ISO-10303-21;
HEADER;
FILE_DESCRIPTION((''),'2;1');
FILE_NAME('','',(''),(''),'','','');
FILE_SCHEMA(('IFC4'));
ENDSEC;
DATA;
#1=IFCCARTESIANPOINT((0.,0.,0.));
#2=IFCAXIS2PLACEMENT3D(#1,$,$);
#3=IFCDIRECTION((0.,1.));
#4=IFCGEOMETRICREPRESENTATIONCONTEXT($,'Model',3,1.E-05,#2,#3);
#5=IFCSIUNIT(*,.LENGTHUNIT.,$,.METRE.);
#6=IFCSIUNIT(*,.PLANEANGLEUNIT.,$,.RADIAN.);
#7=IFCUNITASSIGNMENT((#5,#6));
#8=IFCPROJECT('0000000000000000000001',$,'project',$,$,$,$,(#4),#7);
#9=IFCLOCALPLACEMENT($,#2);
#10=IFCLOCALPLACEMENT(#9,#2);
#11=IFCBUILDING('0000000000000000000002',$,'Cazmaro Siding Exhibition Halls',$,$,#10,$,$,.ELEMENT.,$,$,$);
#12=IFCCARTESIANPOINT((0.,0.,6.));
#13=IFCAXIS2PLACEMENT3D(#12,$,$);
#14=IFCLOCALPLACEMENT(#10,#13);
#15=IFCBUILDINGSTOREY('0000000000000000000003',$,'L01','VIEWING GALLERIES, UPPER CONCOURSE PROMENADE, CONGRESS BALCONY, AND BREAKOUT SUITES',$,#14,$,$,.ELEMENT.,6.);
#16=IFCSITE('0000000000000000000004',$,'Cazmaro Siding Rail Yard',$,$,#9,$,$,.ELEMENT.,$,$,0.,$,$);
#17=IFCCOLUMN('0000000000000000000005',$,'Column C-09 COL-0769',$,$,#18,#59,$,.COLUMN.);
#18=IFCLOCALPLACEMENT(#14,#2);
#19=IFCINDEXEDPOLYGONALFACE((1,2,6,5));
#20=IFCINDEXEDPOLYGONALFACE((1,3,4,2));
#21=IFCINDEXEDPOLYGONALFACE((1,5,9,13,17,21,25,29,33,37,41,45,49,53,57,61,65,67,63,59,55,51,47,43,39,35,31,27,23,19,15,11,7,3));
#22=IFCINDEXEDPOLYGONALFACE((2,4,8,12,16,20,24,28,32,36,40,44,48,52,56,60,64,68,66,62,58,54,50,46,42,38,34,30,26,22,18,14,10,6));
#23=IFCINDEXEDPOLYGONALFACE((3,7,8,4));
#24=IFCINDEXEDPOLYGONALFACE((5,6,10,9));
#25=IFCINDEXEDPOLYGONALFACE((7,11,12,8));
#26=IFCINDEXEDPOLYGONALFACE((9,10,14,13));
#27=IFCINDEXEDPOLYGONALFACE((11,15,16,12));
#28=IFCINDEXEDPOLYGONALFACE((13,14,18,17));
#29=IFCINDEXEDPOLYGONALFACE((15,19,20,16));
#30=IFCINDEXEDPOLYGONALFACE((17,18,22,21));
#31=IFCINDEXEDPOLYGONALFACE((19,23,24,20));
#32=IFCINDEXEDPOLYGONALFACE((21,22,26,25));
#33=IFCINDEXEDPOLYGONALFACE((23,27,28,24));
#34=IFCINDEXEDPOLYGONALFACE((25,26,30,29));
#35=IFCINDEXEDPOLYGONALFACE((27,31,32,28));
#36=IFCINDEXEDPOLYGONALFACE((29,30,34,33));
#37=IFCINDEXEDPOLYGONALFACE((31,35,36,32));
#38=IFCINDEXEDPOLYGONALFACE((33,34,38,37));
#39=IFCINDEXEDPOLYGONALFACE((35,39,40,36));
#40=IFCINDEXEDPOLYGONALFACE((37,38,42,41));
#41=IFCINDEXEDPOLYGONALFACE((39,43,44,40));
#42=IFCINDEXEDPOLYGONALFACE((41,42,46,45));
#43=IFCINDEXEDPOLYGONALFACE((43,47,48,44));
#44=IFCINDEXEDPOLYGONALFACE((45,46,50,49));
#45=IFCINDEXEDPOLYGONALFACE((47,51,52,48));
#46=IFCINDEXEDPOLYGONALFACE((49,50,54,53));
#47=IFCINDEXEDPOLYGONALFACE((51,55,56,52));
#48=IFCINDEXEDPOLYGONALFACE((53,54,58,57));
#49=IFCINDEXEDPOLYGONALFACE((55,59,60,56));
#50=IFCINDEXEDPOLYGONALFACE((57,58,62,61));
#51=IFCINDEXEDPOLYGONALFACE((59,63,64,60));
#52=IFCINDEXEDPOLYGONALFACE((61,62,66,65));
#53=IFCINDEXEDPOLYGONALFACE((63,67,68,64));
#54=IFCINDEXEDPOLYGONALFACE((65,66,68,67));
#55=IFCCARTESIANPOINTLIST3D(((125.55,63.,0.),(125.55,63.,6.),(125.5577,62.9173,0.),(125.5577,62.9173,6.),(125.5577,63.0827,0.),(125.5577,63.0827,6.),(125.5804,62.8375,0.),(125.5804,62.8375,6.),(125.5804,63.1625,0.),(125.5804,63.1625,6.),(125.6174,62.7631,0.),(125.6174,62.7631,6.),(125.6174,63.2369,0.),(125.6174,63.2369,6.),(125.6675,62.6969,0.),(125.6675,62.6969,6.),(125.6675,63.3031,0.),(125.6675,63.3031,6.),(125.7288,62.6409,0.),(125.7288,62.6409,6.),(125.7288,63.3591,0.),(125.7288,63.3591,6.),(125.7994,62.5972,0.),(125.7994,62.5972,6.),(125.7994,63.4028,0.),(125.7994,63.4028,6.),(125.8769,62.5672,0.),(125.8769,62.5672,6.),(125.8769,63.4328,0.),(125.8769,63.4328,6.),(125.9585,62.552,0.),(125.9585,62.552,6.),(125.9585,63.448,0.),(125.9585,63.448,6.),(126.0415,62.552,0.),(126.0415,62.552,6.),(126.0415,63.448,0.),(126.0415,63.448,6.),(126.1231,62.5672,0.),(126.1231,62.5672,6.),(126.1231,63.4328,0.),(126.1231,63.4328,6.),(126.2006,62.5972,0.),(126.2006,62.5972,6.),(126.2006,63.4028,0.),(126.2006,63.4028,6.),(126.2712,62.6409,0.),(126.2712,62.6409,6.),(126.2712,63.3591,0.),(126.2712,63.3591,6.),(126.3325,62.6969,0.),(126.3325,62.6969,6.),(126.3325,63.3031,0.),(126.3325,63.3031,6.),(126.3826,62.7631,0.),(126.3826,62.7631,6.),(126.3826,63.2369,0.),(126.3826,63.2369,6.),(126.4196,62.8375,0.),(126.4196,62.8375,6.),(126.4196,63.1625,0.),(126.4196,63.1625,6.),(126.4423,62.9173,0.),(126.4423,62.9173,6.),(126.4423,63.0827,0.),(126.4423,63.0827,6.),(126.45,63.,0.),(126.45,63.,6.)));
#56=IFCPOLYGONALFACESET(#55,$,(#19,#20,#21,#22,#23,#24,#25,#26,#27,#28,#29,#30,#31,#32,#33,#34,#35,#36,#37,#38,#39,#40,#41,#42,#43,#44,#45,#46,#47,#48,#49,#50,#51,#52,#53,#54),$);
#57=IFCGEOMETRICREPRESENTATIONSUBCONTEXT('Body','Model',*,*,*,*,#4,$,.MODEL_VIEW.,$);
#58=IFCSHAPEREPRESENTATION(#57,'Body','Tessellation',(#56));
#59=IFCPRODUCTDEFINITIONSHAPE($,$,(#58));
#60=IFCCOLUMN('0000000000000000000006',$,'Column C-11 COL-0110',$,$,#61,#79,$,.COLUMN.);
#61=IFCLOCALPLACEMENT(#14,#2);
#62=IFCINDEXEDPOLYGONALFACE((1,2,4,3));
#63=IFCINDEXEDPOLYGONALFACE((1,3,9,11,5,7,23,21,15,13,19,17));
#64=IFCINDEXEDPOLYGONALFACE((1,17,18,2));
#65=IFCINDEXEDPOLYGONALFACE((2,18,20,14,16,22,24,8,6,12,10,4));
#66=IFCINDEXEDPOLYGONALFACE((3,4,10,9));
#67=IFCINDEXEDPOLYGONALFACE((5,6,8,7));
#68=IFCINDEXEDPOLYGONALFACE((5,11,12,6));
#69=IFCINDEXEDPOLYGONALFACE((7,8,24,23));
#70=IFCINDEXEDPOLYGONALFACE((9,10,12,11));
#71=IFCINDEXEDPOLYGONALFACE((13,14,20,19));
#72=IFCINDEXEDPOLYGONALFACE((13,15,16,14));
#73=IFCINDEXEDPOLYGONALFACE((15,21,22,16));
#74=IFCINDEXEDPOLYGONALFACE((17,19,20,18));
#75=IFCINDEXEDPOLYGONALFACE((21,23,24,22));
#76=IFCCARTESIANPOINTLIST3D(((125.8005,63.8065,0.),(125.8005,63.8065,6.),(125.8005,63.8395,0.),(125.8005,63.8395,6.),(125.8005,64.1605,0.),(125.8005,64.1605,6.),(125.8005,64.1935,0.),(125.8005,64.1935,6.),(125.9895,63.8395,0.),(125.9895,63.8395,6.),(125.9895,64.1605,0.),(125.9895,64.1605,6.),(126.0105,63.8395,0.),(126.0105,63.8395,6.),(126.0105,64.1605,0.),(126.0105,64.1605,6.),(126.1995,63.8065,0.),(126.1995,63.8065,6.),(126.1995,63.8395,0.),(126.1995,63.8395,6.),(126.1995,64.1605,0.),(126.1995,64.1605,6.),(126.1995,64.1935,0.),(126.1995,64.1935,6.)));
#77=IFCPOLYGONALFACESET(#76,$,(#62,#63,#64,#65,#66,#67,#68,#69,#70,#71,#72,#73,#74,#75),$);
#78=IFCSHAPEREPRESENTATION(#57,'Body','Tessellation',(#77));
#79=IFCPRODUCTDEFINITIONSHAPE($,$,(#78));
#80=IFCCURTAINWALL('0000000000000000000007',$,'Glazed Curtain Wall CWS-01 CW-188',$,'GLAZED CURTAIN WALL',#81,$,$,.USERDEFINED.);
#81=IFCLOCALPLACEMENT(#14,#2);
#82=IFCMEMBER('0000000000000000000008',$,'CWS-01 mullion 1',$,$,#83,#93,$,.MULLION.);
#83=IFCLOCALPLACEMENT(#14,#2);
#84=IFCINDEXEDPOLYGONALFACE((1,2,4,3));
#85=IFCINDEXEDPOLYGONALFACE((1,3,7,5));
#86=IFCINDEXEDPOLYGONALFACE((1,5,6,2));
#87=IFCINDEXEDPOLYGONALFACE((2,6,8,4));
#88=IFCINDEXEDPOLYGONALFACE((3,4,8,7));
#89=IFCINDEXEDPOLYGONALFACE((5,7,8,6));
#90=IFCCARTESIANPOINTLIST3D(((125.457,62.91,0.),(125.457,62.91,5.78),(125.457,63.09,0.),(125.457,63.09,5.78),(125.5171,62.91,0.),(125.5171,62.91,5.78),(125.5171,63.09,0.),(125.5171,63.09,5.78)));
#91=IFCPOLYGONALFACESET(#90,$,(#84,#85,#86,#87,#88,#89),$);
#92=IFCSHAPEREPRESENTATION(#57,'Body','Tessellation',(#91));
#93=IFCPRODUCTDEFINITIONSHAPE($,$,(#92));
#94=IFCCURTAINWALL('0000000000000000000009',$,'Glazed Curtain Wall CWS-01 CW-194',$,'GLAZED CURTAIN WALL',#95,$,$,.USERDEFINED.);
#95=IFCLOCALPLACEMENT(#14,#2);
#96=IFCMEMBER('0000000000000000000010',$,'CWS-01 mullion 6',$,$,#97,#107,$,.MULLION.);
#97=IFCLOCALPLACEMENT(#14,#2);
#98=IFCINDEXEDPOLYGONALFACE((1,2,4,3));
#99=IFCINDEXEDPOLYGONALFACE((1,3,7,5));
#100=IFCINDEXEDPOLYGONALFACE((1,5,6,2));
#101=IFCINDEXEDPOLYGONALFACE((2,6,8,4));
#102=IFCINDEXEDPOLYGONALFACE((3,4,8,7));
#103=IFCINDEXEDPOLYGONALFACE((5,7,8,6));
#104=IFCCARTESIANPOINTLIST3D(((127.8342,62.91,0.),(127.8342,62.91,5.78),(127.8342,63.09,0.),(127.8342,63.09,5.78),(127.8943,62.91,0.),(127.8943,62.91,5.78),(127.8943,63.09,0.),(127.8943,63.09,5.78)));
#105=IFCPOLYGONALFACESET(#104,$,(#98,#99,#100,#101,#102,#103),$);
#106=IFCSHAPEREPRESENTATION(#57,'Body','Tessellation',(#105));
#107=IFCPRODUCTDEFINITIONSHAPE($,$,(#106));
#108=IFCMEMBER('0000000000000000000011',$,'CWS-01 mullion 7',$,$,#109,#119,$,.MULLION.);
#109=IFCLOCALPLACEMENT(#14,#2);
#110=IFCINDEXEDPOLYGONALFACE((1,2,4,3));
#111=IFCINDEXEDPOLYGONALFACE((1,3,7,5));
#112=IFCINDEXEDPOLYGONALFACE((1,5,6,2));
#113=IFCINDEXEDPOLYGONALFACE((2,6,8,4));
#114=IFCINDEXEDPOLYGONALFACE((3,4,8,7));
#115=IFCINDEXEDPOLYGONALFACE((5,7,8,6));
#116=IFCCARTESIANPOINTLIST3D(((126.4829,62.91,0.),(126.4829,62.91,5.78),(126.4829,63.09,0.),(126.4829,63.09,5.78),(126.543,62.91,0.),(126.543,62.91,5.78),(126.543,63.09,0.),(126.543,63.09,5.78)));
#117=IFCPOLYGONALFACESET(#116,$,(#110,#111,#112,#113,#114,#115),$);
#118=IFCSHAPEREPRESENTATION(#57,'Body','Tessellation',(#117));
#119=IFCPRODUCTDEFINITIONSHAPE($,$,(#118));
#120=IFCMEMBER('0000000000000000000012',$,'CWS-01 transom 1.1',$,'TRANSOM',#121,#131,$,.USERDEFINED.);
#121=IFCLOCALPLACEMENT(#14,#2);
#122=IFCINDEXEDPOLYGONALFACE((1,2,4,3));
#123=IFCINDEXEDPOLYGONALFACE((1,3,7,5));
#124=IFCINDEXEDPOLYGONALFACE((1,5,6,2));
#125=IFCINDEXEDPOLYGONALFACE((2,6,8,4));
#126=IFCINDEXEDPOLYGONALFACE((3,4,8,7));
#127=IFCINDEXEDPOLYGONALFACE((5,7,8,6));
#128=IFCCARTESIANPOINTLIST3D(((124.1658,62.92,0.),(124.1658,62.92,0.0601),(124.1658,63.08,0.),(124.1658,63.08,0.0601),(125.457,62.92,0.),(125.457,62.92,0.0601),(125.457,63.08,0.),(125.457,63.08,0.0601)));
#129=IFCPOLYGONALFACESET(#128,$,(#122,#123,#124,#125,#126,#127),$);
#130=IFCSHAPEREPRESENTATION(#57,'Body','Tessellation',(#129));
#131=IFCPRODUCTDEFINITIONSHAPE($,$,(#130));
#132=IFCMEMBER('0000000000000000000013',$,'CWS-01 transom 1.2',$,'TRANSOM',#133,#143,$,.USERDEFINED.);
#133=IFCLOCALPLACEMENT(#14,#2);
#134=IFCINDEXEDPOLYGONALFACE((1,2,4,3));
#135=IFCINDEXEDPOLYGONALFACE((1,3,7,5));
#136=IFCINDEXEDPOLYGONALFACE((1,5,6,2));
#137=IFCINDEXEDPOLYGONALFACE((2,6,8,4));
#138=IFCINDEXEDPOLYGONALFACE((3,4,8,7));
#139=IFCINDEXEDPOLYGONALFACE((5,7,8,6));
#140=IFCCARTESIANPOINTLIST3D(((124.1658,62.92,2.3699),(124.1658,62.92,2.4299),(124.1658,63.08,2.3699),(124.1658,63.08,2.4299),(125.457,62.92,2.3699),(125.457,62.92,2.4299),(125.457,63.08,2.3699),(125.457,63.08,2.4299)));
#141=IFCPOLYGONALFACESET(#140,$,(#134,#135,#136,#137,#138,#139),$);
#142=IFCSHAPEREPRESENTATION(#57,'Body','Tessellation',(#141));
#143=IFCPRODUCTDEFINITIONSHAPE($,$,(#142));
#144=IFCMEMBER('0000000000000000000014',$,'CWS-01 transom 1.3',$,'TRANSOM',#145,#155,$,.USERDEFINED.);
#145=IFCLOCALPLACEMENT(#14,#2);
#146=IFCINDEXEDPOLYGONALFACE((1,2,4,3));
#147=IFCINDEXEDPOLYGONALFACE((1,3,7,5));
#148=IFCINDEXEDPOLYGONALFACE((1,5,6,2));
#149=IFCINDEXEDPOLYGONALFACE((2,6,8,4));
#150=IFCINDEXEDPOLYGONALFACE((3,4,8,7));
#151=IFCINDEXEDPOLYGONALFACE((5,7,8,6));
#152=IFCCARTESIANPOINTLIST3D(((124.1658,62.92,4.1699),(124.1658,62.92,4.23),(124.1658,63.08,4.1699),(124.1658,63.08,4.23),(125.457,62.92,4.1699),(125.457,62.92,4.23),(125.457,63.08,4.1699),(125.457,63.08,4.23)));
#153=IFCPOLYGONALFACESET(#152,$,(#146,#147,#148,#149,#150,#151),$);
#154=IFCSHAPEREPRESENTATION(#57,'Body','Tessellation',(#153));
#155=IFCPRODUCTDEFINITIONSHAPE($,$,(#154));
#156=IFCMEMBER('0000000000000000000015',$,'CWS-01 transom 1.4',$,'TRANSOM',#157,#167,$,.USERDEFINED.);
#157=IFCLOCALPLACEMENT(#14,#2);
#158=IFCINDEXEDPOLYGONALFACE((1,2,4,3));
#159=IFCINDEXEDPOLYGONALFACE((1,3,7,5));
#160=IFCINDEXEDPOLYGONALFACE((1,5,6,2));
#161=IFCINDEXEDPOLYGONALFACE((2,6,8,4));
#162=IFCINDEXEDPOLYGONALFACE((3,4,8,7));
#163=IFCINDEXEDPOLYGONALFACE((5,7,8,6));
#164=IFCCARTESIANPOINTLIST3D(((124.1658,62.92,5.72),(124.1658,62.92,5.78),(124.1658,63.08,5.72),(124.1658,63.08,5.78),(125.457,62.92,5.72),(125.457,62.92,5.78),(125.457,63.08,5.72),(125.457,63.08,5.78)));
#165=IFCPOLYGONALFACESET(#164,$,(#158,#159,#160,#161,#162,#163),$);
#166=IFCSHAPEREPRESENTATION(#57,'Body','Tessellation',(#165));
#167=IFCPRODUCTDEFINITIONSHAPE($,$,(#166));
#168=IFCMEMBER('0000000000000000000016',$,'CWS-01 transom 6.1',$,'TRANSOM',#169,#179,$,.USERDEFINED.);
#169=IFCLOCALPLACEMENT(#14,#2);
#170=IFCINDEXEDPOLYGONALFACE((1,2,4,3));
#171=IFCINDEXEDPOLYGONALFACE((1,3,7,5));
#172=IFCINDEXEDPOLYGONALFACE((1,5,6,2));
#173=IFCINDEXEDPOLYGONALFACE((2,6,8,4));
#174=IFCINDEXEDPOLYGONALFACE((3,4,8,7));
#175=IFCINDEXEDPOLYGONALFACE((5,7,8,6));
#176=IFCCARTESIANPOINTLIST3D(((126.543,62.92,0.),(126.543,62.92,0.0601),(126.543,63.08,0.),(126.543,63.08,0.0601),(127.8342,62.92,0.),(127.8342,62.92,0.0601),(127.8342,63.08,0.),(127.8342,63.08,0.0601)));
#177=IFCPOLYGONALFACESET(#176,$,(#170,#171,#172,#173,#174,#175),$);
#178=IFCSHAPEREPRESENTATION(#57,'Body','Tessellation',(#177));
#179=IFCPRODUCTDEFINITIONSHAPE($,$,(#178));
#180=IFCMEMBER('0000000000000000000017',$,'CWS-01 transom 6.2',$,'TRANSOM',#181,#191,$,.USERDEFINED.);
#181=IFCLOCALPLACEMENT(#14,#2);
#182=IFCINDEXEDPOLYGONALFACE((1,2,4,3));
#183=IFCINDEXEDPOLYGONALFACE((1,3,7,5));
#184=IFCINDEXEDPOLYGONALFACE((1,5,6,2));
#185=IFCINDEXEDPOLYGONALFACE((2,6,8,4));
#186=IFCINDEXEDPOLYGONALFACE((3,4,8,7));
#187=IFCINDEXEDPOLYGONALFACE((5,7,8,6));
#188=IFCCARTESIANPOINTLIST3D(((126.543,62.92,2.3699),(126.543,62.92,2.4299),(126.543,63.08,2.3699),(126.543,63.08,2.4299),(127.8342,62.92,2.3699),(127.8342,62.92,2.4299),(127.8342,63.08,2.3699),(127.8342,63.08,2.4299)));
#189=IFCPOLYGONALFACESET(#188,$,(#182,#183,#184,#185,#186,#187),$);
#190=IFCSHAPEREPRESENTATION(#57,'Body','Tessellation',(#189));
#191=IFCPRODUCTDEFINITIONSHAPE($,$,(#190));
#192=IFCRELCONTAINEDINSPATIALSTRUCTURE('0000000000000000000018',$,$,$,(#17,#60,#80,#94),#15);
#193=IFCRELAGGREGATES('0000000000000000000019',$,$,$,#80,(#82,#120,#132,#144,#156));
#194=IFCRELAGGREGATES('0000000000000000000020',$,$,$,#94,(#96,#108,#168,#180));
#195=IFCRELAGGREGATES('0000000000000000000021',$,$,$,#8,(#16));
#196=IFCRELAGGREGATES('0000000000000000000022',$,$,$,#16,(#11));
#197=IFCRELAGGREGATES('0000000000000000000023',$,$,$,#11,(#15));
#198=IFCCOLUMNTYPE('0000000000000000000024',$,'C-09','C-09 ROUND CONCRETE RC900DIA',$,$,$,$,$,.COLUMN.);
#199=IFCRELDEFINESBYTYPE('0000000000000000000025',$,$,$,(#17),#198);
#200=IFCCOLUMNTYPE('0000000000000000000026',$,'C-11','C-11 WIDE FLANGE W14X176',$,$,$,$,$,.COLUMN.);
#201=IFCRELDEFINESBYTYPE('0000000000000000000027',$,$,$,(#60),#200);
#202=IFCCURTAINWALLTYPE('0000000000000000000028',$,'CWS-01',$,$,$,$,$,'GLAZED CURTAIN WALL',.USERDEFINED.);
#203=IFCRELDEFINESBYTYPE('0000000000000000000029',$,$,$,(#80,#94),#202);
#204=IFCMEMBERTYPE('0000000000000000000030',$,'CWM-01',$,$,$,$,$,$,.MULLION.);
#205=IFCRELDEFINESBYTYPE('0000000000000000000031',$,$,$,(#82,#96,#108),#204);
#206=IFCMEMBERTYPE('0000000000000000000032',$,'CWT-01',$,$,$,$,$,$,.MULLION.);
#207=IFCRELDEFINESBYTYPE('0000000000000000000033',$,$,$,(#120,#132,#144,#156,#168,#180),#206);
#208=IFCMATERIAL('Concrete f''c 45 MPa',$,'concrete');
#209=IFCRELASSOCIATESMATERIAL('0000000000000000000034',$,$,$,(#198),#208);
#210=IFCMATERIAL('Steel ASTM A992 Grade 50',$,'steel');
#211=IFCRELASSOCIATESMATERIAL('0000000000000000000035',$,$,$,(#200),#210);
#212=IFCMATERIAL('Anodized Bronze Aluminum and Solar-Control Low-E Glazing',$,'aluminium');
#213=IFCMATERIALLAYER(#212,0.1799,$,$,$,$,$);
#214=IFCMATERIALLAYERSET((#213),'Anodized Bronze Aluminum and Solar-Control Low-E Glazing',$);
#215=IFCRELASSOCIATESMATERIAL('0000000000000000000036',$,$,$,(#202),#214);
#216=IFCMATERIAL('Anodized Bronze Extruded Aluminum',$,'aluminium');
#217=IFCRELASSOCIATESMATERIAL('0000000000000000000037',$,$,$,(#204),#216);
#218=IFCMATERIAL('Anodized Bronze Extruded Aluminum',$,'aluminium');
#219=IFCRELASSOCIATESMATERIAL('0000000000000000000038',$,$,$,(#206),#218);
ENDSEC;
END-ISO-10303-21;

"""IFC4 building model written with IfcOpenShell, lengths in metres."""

from ifc_helpers import new_model, si_unit, direction, frame, origin, origin_2d, place, context, subcontext, project, spatial, rectangle, circle, i_section, extrude, material, layer, layer_set, material_profile, profile_set, type_object, element, aggregate, save


model = new_model("IFC4")

# Units and contexts
model_context = context("Model", 3, precision=1e-05, world=origin(), true_north=direction((0.0, 1.0)))
body_context = subcontext(model_context, "Body", "Model", "MODEL_VIEW")
ifc_project = project(units=[si_unit("LENGTHUNIT", "METRE"), si_unit("PLANEANGLEUNIT", "RADIAN")], contexts=[model_context])

# Site, building, storey
site_placement = place(None, origin())
site = spatial("IfcSite", under=ifc_project, at=site_placement, Name="Cazmaro Siding Rail Yard", CompositionType="ELEMENT", RefElevation=0.0)
building_placement = place(site_placement, origin())
building = spatial("IfcBuilding", under=site, at=building_placement, Name="Cazmaro Siding Exhibition Halls", CompositionType="ELEMENT")
storey_placement = place(building_placement, frame((0.0, 0.0, 6.0)))
storey = spatial("IfcBuildingStorey", under=building, at=storey_placement, Name="L01", Description="VIEWING GALLERIES, UPPER CONCOURSE PROMENADE, CONGRESS BALCONY, AND BREAKOUT SUITES", CompositionType="ELEMENT", Elevation=6.0)

# Columns
ifc_material_1 = material(Name="Concrete f'c 45 MPa", Category="concrete")
ifc_material_profile_1 = material_profile(ifc_material_1, circle(Radius=0.45, at=origin_2d()), Name="RC900DIA")
ifc_profile_set_1 = profile_set([ifc_material_profile_1], Name="Concrete f'c 45 MPa")
column_type_1 = type_object("IfcColumnType", Name="C-09", Description="C-09 ROUND CONCRETE RC900DIA", PredefinedType="COLUMN", material=ifc_profile_set_1)
column_1_placement = place(storey_placement, frame((126.0, 63.0, 0.0), z_axis=(0.0, 0.0, 1.0), x_axis=(1.0, 0.0, 0.0)))
element("IfcColumn", 1, at=column_1_placement, inside=storey, type_object=column_type_1, Name="Column C-09 COL-0769", PredefinedType="COLUMN", context=body_context, shape_type="SweptSolid", body=[
    extrude(circle(Radius=0.45, at=origin_2d()), origin(), (0.0, 0.0, 1.0), 6.0),
])
ifc_material_2 = material(Name="Steel ASTM A992 Grade 50", Category="steel")
ifc_material_profile_2 = material_profile(ifc_material_2, i_section(OverallWidth=0.3989, OverallDepth=0.387, WebThickness=0.021, FlangeThickness=0.033, at=origin_2d()), Name="W14X176")
ifc_profile_set_2 = profile_set([ifc_material_profile_2], Name="Steel ASTM A992 Grade 50")
column_type_2 = type_object("IfcColumnType", Name="C-11", Description="C-11 WIDE FLANGE W14X176", PredefinedType="COLUMN", material=ifc_profile_set_2)
column_2_placement = place(storey_placement, frame((126.0, 64.0, 0.0), z_axis=(0.0, 0.0, 1.0), x_axis=(1.0, 0.0, 0.0)))
element("IfcColumn", 2, at=column_2_placement, inside=storey, type_object=column_type_2, Name="Column C-11 COL-0110", PredefinedType="COLUMN", context=body_context, shape_type="SweptSolid", body=[
    extrude(i_section(OverallWidth=0.3989, OverallDepth=0.387, WebThickness=0.021, FlangeThickness=0.033, at=origin_2d()), origin(), (0.0, 0.0, 1.0), 6.0),
])

# Curtain wall, member
ifc_material_3 = material(Name="Anodized Bronze Aluminum and Solar-Control Low-E Glazing", Category="aluminium")
ifc_layer_1 = layer(ifc_material_3, 0.1799)
ifc_layer_set_1 = layer_set([ifc_layer_1], Name="Anodized Bronze Aluminum and Solar-Control Low-E Glazing")
curtain_wall_type = type_object("IfcCurtainWallType", Name="CWS-01", ElementType="GLAZED CURTAIN WALL", PredefinedType="USERDEFINED", material=ifc_layer_set_1)
curtain_wall_1_placement = place(storey_placement, origin())
curtain_wall_1 = element("IfcCurtainWall", 3, at=curtain_wall_1_placement, inside=storey, type_object=curtain_wall_type, Name="Glazed Curtain Wall CWS-01 CW-188", ObjectType="GLAZED CURTAIN WALL", PredefinedType="USERDEFINED")
ifc_material_4 = material(Name="Anodized Bronze Extruded Aluminum", Category="aluminium")
ifc_material_profile_3 = material_profile(ifc_material_4, rectangle(XDim=0.1799, YDim=0.0601, at=origin_2d()), Name="CWM-01")
ifc_profile_set_3 = profile_set([ifc_material_profile_3], Name="Anodized Bronze Extruded Aluminum")
member_type_1 = type_object("IfcMemberType", Name="CWM-01", PredefinedType="MULLION", material=ifc_profile_set_3)
member_1_placement = place(storey_placement, frame((125.4871, 63.0, 0.0), z_axis=(0.0, 0.0, 1.0), x_axis=(0.0, -1.0, 0.0)))
member_1 = element("IfcMember", 4, at=member_1_placement, type_object=member_type_1, Name="CWS-01 mullion 1", PredefinedType="MULLION", context=body_context, shape_type="SweptSolid", body=[
    extrude(rectangle(XDim=0.1799, YDim=0.0601, at=origin_2d()), origin(), (0.0, 0.0, 1.0), 5.78),
])

# Curtain wall, members
curtain_wall_2_placement = place(storey_placement, origin())
curtain_wall_2 = element("IfcCurtainWall", 5, at=curtain_wall_2_placement, inside=storey, type_object=curtain_wall_type, Name="Glazed Curtain Wall CWS-01 CW-194", ObjectType="GLAZED CURTAIN WALL", PredefinedType="USERDEFINED")
member_2_placement = place(storey_placement, frame((127.8643, 63.0, 0.0), z_axis=(0.0, 0.0, 1.0), x_axis=(0.0, -1.0, 0.0)))
member_2 = element("IfcMember", 6, at=member_2_placement, type_object=member_type_1, Name="CWS-01 mullion 6", PredefinedType="MULLION", context=body_context, shape_type="SweptSolid", body=[
    extrude(rectangle(XDim=0.1799, YDim=0.0601, at=origin_2d()), origin(), (0.0, 0.0, 1.0), 5.78),
])
member_3_placement = place(storey_placement, frame((126.5129, 63.0, 0.0), z_axis=(0.0, 0.0, 1.0), x_axis=(0.0, -1.0, 0.0)))
member_3 = element("IfcMember", 7, at=member_3_placement, type_object=member_type_1, Name="CWS-01 mullion 7", PredefinedType="MULLION", context=body_context, shape_type="SweptSolid", body=[
    extrude(rectangle(XDim=0.1799, YDim=0.0601, at=origin_2d()), origin(), (0.0, 0.0, 1.0), 5.78),
])

# Members
ifc_material_5 = material(Name="Anodized Bronze Extruded Aluminum", Category="aluminium")
ifc_material_profile_4 = material_profile(ifc_material_5, rectangle(XDim=0.1599, YDim=0.0601, at=origin_2d()), Name="CWT-01")
ifc_profile_set_4 = profile_set([ifc_material_profile_4], Name="Anodized Bronze Extruded Aluminum")
member_type_2 = type_object("IfcMemberType", Name="CWT-01", PredefinedType="MULLION", material=ifc_profile_set_4)
member_4_placement = place(storey_placement, frame((125.457, 63.0, 0.03), z_axis=(-1.0, 0.0, 0.0), x_axis=(0.0, -1.0, 0.0)))
member_4 = element("IfcMember", 8, at=member_4_placement, type_object=member_type_2, Name="CWS-01 transom 1.1", ObjectType="TRANSOM", PredefinedType="USERDEFINED", context=body_context, shape_type="SweptSolid", body=[
    extrude(rectangle(XDim=0.1599, YDim=0.0601, at=origin_2d()), origin(), (0.0, 0.0, 1.0), 1.2913),
])
member_5_placement = place(storey_placement, frame((125.457, 63.0, 2.3999), z_axis=(-1.0, 0.0, 0.0), x_axis=(0.0, -1.0, 0.0)))
member_5 = element("IfcMember", 9, at=member_5_placement, type_object=member_type_2, Name="CWS-01 transom 1.2", ObjectType="TRANSOM", PredefinedType="USERDEFINED", context=body_context, shape_type="SweptSolid", body=[
    extrude(rectangle(XDim=0.1599, YDim=0.0601, at=origin_2d()), origin(), (0.0, 0.0, 1.0), 1.2913),
])
member_6_placement = place(storey_placement, frame((125.457, 63.0, 4.2), z_axis=(-1.0, 0.0, 0.0), x_axis=(0.0, -1.0, 0.0)))
member_6 = element("IfcMember", 10, at=member_6_placement, type_object=member_type_2, Name="CWS-01 transom 1.3", ObjectType="TRANSOM", PredefinedType="USERDEFINED", context=body_context, shape_type="SweptSolid", body=[
    extrude(rectangle(XDim=0.1599, YDim=0.0601, at=origin_2d()), origin(), (0.0, 0.0, 1.0), 1.2913),
])
member_7_placement = place(storey_placement, frame((125.457, 63.0, 5.75), z_axis=(-1.0, 0.0, 0.0), x_axis=(0.0, -1.0, 0.0)))
member_7 = element("IfcMember", 11, at=member_7_placement, type_object=member_type_2, Name="CWS-01 transom 1.4", ObjectType="TRANSOM", PredefinedType="USERDEFINED", context=body_context, shape_type="SweptSolid", body=[
    extrude(rectangle(XDim=0.1599, YDim=0.0601, at=origin_2d()), origin(), (0.0, 0.0, 1.0), 1.2913),
])
member_8_placement = place(storey_placement, frame((127.8342, 63.0, 0.03), z_axis=(-1.0, 0.0, 0.0), x_axis=(0.0, -1.0, 0.0)))
member_8 = element("IfcMember", 12, at=member_8_placement, type_object=member_type_2, Name="CWS-01 transom 6.1", ObjectType="TRANSOM", PredefinedType="USERDEFINED", context=body_context, shape_type="SweptSolid", body=[
    extrude(rectangle(XDim=0.1599, YDim=0.0601, at=origin_2d()), origin(), (0.0, 0.0, 1.0), 1.2913),
])
member_9_placement = place(storey_placement, frame((127.8342, 63.0, 2.3999), z_axis=(-1.0, 0.0, 0.0), x_axis=(0.0, -1.0, 0.0)))
member_9 = element("IfcMember", 13, at=member_9_placement, type_object=member_type_2, Name="CWS-01 transom 6.2", ObjectType="TRANSOM", PredefinedType="USERDEFINED", context=body_context, shape_type="SweptSolid", body=[
    extrude(rectangle(XDim=0.1599, YDim=0.0601, at=origin_2d()), origin(), (0.0, 0.0, 1.0), 1.2913),
])

aggregate(curtain_wall_1, [member_1, member_4, member_5, member_6, member_7])
aggregate(curtain_wall_2, [member_2, member_3, member_8, member_9])

save(model, "model.ifc")
